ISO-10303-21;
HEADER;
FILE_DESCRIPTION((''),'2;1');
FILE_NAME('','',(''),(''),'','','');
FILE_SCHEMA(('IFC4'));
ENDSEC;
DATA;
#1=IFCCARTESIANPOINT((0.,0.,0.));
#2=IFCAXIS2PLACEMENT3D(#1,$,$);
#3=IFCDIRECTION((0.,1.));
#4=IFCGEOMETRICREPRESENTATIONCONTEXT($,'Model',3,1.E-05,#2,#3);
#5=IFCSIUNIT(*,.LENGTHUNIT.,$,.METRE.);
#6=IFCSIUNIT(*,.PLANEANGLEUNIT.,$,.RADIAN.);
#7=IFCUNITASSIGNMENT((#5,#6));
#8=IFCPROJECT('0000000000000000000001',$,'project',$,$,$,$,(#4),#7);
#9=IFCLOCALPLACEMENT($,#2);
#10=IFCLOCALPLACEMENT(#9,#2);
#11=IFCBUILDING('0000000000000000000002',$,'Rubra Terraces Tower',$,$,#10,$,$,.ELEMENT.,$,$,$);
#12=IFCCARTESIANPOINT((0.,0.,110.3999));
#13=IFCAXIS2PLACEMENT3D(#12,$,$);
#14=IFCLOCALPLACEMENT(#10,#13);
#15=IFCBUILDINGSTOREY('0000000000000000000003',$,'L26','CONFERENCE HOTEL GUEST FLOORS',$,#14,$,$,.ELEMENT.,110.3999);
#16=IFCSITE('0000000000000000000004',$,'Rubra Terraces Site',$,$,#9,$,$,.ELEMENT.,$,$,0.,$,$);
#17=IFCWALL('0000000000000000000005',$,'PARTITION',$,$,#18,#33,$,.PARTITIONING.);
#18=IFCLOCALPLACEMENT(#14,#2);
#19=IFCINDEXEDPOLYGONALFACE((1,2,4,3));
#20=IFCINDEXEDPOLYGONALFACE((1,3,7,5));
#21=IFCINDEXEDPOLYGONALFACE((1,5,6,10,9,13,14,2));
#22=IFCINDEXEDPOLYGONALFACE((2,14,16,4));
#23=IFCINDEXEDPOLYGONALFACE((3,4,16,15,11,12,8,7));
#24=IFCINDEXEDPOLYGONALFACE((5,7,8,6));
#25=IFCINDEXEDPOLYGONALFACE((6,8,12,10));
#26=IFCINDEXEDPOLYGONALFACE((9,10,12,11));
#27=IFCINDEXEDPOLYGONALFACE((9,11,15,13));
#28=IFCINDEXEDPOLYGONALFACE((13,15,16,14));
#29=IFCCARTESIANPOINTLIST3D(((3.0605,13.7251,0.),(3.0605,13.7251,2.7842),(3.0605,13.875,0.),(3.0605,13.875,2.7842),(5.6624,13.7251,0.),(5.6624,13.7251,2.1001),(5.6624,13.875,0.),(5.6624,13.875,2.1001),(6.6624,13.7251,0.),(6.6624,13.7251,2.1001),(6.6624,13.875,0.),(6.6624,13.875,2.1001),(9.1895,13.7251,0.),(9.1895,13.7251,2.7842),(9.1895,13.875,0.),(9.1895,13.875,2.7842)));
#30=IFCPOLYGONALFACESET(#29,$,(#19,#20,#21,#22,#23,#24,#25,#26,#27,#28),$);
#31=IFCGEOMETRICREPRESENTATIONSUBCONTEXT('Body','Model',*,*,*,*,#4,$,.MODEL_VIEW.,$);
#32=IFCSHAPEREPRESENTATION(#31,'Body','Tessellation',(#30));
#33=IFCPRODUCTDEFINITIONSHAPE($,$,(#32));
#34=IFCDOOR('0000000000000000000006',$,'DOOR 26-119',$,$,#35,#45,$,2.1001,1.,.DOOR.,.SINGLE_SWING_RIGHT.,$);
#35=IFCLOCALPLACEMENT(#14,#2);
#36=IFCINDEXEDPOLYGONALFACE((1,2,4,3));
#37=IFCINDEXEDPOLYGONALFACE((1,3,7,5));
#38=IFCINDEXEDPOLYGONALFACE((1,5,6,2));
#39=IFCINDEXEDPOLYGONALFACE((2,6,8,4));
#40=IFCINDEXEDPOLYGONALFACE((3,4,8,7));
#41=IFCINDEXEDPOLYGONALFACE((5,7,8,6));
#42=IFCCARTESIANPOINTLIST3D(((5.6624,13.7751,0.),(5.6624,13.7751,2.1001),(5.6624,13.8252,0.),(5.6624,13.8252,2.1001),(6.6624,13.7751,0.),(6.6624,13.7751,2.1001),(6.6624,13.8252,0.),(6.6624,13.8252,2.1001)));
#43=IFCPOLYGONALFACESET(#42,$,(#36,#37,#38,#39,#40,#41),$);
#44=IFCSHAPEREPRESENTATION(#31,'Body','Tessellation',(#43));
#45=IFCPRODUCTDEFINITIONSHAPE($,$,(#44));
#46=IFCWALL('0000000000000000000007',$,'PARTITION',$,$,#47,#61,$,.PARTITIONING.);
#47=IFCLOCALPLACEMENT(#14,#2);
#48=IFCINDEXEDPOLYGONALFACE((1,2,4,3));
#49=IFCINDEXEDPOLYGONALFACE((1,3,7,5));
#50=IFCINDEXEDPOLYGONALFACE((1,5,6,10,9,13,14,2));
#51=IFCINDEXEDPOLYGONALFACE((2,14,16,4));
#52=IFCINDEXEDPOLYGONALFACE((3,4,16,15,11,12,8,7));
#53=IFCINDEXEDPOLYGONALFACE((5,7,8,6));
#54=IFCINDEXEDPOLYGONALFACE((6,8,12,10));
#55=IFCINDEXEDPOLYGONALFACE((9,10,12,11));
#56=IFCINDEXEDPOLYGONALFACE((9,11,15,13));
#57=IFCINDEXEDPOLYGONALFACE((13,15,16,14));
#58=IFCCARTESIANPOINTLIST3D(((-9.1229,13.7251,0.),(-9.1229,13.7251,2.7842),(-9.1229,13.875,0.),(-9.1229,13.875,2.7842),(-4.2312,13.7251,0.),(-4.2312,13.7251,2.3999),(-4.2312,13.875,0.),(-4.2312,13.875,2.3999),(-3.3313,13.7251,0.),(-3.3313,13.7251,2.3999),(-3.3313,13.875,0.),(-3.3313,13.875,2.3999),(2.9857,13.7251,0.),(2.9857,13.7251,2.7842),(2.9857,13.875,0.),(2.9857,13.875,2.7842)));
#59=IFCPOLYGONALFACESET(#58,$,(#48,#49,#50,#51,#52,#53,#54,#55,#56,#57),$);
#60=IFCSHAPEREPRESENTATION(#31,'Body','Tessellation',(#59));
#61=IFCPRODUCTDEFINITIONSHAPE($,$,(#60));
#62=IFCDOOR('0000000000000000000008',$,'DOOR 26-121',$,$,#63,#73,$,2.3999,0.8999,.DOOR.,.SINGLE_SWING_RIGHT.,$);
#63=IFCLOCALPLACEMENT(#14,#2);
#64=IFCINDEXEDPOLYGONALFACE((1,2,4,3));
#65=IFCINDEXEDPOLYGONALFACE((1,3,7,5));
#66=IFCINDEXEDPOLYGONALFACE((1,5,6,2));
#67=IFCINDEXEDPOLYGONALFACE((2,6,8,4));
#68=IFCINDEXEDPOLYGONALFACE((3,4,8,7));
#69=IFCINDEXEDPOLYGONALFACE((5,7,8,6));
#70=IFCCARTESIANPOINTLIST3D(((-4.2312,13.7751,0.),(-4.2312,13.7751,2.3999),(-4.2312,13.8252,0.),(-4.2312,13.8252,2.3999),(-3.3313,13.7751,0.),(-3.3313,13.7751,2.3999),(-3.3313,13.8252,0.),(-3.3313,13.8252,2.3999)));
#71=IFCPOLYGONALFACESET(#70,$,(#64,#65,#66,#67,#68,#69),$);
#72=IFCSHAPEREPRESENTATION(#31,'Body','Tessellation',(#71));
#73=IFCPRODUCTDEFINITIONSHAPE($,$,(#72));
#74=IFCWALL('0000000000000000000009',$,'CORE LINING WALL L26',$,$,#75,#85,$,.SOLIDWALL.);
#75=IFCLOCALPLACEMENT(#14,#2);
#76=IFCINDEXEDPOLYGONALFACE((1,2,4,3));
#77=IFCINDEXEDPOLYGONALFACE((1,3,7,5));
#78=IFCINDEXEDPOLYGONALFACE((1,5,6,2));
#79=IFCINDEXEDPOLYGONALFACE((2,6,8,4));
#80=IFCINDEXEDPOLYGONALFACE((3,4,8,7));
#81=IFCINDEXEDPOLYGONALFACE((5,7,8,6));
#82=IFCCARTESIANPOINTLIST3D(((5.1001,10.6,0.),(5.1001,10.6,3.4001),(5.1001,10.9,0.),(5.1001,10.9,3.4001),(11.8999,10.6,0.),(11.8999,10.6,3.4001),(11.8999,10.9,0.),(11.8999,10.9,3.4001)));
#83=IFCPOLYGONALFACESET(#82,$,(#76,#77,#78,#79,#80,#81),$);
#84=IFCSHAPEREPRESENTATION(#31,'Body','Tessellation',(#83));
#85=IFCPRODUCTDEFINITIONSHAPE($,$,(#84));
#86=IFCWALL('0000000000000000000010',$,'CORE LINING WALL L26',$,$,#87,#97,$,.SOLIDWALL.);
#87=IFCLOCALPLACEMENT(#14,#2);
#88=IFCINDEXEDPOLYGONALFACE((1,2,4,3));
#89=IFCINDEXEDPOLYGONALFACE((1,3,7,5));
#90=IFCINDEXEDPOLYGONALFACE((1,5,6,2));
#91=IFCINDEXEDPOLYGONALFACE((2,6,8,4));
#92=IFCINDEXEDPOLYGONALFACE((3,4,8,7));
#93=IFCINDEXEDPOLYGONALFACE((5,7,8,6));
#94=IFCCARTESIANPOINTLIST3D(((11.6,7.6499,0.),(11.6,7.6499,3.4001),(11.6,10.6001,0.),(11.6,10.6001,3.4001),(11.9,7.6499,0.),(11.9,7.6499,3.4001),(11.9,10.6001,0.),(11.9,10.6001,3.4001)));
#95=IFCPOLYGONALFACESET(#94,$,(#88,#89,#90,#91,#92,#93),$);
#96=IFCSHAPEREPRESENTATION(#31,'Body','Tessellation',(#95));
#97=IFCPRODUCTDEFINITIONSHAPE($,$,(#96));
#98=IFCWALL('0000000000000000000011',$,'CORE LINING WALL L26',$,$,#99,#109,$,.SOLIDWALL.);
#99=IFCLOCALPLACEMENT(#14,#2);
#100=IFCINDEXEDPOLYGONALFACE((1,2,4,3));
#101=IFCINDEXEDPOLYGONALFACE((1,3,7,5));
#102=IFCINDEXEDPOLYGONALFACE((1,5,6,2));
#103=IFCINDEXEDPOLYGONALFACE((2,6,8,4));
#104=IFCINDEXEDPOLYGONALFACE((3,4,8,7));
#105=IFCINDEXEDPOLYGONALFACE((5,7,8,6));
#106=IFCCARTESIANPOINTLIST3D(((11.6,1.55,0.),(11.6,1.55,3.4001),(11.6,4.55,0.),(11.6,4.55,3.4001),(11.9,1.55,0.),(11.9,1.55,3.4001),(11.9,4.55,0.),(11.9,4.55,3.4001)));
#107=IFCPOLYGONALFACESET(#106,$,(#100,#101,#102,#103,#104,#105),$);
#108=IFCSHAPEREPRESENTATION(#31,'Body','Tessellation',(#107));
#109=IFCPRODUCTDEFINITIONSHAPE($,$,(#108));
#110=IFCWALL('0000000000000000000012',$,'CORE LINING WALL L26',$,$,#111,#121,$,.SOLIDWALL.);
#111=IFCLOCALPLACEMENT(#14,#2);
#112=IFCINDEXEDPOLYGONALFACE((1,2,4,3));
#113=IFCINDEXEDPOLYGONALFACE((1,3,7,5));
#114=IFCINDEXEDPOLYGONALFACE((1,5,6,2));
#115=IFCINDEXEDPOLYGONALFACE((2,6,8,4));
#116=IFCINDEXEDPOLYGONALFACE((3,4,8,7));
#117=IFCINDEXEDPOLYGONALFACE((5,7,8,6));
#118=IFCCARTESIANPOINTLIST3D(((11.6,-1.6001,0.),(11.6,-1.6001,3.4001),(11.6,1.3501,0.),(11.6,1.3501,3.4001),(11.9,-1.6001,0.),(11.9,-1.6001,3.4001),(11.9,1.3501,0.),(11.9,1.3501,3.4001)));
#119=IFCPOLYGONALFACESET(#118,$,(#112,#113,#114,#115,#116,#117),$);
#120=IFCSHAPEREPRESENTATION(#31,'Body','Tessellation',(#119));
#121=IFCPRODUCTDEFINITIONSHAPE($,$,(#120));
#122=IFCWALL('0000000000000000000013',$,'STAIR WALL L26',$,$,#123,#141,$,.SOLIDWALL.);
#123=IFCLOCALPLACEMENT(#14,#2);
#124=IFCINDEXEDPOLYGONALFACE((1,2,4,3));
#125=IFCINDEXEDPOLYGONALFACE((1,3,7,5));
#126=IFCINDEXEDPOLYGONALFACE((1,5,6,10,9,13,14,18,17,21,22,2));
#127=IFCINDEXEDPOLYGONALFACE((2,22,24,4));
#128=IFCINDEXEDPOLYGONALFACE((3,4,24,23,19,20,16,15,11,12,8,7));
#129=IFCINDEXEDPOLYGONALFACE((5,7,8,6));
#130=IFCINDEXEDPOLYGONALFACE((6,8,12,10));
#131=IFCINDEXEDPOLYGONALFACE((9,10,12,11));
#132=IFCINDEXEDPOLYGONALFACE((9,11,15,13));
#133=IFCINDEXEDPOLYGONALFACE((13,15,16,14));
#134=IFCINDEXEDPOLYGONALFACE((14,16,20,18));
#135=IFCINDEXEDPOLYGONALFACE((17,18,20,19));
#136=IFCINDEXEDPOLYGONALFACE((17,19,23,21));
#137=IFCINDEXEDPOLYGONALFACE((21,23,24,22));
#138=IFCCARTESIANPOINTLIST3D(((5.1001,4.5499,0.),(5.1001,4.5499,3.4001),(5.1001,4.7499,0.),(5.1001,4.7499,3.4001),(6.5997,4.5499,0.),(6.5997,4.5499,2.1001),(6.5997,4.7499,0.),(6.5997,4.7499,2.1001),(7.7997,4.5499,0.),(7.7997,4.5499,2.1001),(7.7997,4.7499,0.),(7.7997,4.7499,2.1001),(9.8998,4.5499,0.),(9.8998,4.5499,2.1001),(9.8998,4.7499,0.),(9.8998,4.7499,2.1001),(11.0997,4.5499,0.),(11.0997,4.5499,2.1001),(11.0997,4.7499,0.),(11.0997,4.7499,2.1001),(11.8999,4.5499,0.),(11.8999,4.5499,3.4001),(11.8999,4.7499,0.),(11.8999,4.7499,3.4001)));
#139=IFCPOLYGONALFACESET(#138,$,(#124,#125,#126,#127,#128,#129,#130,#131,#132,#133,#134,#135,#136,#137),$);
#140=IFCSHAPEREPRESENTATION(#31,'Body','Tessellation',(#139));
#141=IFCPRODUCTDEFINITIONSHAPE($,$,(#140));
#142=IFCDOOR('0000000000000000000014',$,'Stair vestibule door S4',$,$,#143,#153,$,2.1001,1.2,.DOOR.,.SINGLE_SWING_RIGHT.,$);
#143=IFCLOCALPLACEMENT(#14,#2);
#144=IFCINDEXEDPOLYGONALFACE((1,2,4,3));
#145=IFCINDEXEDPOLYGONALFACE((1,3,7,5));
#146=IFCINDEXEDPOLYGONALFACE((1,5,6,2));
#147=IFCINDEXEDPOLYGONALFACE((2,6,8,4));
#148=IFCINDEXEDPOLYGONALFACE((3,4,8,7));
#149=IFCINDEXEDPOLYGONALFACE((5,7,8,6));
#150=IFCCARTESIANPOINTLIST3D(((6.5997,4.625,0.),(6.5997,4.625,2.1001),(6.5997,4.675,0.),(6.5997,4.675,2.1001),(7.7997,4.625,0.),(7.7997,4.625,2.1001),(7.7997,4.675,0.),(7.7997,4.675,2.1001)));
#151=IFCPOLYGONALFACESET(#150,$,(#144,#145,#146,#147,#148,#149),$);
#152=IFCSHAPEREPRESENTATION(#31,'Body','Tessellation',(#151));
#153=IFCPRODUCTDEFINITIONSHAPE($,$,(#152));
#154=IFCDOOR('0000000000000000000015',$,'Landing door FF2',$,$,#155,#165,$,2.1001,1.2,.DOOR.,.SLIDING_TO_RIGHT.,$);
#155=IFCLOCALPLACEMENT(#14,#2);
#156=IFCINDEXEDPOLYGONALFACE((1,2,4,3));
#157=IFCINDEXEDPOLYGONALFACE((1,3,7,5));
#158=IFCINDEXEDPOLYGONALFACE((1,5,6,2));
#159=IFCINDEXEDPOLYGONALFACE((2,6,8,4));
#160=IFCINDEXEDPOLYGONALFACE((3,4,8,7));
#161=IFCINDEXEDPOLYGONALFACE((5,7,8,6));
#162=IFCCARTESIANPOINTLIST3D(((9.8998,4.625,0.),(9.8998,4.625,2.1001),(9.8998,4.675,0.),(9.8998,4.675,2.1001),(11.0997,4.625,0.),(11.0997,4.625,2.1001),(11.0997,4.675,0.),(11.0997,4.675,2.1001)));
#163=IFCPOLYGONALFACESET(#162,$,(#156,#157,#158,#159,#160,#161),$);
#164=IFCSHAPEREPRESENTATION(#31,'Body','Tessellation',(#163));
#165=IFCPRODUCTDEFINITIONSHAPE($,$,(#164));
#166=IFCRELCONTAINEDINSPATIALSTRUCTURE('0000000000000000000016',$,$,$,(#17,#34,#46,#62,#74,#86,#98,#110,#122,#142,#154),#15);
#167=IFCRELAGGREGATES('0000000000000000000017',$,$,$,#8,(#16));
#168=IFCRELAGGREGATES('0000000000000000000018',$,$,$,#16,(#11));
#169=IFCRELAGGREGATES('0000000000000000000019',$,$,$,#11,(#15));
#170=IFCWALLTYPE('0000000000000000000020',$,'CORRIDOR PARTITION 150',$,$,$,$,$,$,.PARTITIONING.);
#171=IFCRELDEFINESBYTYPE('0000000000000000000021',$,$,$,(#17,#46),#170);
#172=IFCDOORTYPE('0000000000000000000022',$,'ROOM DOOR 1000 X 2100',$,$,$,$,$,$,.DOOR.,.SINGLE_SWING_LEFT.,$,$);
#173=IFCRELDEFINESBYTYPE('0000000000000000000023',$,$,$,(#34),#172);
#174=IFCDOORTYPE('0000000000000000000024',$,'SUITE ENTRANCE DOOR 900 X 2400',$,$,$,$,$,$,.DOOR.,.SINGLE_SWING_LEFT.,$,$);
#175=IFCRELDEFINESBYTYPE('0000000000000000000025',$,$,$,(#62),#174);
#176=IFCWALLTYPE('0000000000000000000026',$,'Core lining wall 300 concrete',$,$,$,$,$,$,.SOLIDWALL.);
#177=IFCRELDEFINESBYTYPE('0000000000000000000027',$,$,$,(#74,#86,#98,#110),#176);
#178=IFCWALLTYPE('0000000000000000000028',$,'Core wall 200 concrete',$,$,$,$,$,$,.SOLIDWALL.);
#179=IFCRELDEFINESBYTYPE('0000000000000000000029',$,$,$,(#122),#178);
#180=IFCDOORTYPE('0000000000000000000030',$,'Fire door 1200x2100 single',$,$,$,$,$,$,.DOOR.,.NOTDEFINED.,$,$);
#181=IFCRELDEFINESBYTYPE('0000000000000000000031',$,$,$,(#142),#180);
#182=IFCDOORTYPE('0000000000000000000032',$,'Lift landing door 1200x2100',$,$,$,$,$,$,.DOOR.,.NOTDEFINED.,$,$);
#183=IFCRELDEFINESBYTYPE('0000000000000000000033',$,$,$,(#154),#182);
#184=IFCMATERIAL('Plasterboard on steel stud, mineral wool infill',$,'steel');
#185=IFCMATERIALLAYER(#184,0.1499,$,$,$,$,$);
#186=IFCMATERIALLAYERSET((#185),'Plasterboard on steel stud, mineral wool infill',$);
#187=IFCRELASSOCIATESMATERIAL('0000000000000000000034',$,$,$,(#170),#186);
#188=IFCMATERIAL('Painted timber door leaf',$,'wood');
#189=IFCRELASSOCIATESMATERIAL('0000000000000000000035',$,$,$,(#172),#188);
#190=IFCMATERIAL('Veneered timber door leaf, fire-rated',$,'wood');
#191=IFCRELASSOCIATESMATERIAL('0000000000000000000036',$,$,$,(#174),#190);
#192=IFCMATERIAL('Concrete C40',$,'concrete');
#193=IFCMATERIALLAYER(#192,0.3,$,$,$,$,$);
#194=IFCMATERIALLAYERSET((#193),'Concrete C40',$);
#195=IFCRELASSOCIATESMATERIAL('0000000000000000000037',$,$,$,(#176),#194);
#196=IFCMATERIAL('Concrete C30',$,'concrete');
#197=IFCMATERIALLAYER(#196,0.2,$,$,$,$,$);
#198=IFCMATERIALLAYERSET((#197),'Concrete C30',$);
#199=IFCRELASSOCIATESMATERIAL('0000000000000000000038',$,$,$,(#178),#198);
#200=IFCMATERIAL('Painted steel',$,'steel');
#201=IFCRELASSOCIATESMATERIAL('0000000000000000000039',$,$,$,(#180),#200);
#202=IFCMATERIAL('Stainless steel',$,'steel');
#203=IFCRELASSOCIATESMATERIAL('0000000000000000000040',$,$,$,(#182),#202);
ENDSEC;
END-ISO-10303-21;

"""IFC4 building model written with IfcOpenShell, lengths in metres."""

from ifc_helpers import new_model, si_unit, direction, frame, frame_2d, origin, place, context, subcontext, project, spatial, rectangle, extrude, material, layer, layer_set, type_object, element, fill, save


model = new_model("IFC4")

# Units and contexts
model_context = context("Model", 3, precision=1e-05, world=origin(), true_north=direction((0.0, 1.0)))
body_context = subcontext(model_context, "Body", "Model", "MODEL_VIEW")
ifc_project = project(units=[si_unit("LENGTHUNIT", "METRE"), si_unit("PLANEANGLEUNIT", "RADIAN")], contexts=[model_context])

# Site, building, storey
site_placement = place(None, origin())
site = spatial("IfcSite", under=ifc_project, at=site_placement, Name="Rubra Terraces Site", CompositionType="ELEMENT", RefElevation=0.0)
building_placement = place(site_placement, origin())
building = spatial("IfcBuilding", under=site, at=building_placement, Name="Rubra Terraces Tower", CompositionType="ELEMENT")
storey_placement = place(building_placement, frame((0.0, 0.0, 110.3999)))
storey = spatial("IfcBuildingStorey", under=building, at=storey_placement, Name="L26", Description="CONFERENCE HOTEL GUEST FLOORS", CompositionType="ELEMENT", Elevation=110.3999)

# Walls, openings, doors
ifc_material_1 = material(Name="Plasterboard on steel stud, mineral wool infill", Category="steel")
ifc_layer_1 = layer(ifc_material_1, 0.1499)
ifc_layer_set_1 = layer_set([ifc_layer_1], Name="Plasterboard on steel stud, mineral wool infill")
wall_type_1 = type_object("IfcWallType", Name="CORRIDOR PARTITION 150", PredefinedType="PARTITIONING", material=ifc_layer_set_1)
wall_1_placement = place(storey_placement, frame((9.1895, 13.8, 0.0), z_axis=(0.0, 0.0, 1.0), x_axis=(-1.0, 0.0, 0.0)))
wall_1 = element("IfcWall", 1, at=wall_1_placement, inside=storey, type_object=wall_type_1, Name="PARTITION", PredefinedType="PARTITIONING", context=body_context, shape_type="SweptSolid", body=[
    extrude(rectangle(XDim=6.1289, YDim=0.1499, at=frame_2d((3.0645, 0.0))), origin(), (0.0, 0.0, 1.0), 2.7842),
])
opening_1_placement = place(wall_1_placement, frame((2.5271, 0.0, 0.0)))
opening_1 = element("IfcOpeningElement", 2, at=opening_1_placement, cuts=wall_1, PredefinedType="OPENING", context=body_context, shape_type="SweptSolid", body=[
    extrude(rectangle(XDim=1.0, YDim=2.1001, at=frame_2d((0.5, 1.05))), frame((0.0, 0.085, 0.0), z_axis=(0.0, -1.0, 0.0), x_axis=(1.0, 0.0, 0.0)), (0.0, 0.0, 1.0), 0.1699),
])
ifc_material_2 = material(Name="Painted timber door leaf", Category="wood")
door_type_1 = type_object("IfcDoorType", Name="ROOM DOOR 1000 X 2100", OperationType="SINGLE_SWING_LEFT", PredefinedType="DOOR", material=ifc_material_2)
door_1_placement = place(opening_1_placement, origin())
door_1 = element("IfcDoor", 3, at=door_1_placement, inside=storey, type_object=door_type_1, Name="DOOR 26-119", OperationType="SINGLE_SWING_RIGHT", OverallHeight=2.1001, OverallWidth=1.0, PredefinedType="DOOR", context=body_context, shape_type="SweptSolid", body=[
    extrude(rectangle(XDim=1.0, YDim=2.1001, at=frame_2d((0.5, 1.05))), frame((0.0, 0.0249, 0.0), z_axis=(0.0, -1.0, 0.0), x_axis=(1.0, 0.0, 0.0)), (0.0, 0.0, 1.0), 0.05),
])
fill(opening_1, door_1)
wall_2_placement = place(storey_placement, frame((2.9856, 13.8, 0.0), z_axis=(0.0, 0.0, 1.0), x_axis=(-1.0, 0.0, 0.0)))
wall_2 = element("IfcWall", 4, at=wall_2_placement, inside=storey, type_object=wall_type_1, Name="PARTITION", PredefinedType="PARTITIONING", context=body_context, shape_type="SweptSolid", body=[
    extrude(rectangle(XDim=12.1086, YDim=0.1499, at=frame_2d((6.0542, 0.0))), origin(), (0.0, 0.0, 1.0), 2.7842),
])
opening_2_placement = place(wall_2_placement, frame((6.3169, 0.0, 0.0)))
opening_2 = element("IfcOpeningElement", 5, at=opening_2_placement, cuts=wall_2, PredefinedType="OPENING", context=body_context, shape_type="SweptSolid", body=[
    extrude(rectangle(XDim=0.8999, YDim=2.3999, at=frame_2d((0.45, 1.2))), frame((0.0, 0.085, 0.0), z_axis=(0.0, -1.0, 0.0), x_axis=(1.0, 0.0, 0.0)), (0.0, 0.0, 1.0), 0.1699),
])
ifc_material_3 = material(Name="Veneered timber door leaf, fire-rated", Category="wood")
door_type_2 = type_object("IfcDoorType", Name="SUITE ENTRANCE DOOR 900 X 2400", OperationType="SINGLE_SWING_LEFT", PredefinedType="DOOR", material=ifc_material_3)
door_2_placement = place(opening_2_placement, origin())
door_2 = element("IfcDoor", 6, at=door_2_placement, inside=storey, type_object=door_type_2, Name="DOOR 26-121", OperationType="SINGLE_SWING_RIGHT", OverallHeight=2.3999, OverallWidth=0.8999, PredefinedType="DOOR", context=body_context, shape_type="SweptSolid", body=[
    extrude(rectangle(XDim=0.8999, YDim=2.3999, at=frame_2d((0.45, 1.2))), frame((0.0, 0.0249, 0.0), z_axis=(0.0, -1.0, 0.0), x_axis=(1.0, 0.0, 0.0)), (0.0, 0.0, 1.0), 0.05),
])
fill(opening_2, door_2)

# Walls
ifc_material_4 = material(Name="Concrete C40", Category="concrete")
ifc_layer_2 = layer(ifc_material_4, 0.3)
ifc_layer_set_2 = layer_set([ifc_layer_2], Name="Concrete C40")
wall_type_2 = type_object("IfcWallType", Name="Core lining wall 300 concrete", PredefinedType="SOLIDWALL", material=ifc_layer_set_2)
wall_3_placement = place(storey_placement, frame((11.8999, 10.75, 0.0), z_axis=(0.0, 0.0, 1.0), x_axis=(-1.0, 0.0, 0.0)))
element("IfcWall", 7, at=wall_3_placement, inside=storey, type_object=wall_type_2, Name="CORE LINING WALL L26", PredefinedType="SOLIDWALL", context=body_context, shape_type="SweptSolid", body=[
    extrude(rectangle(XDim=6.7998, YDim=0.3, at=frame_2d((3.3999, 0.0))), origin(), (0.0, 0.0, 1.0), 3.4001),
])
wall_4_placement = place(storey_placement, frame((11.75, 10.6001, 0.0), z_axis=(0.0, 0.0, 1.0), x_axis=(0.0, -1.0, 0.0)))
element("IfcWall", 8, at=wall_4_placement, inside=storey, type_object=wall_type_2, Name="CORE LINING WALL L26", PredefinedType="SOLIDWALL", context=body_context, shape_type="SweptSolid", body=[
    extrude(rectangle(XDim=2.9502, YDim=0.3, at=frame_2d((1.4751, 0.0))), origin(), (0.0, 0.0, 1.0), 3.4001),
])
wall_5_placement = place(storey_placement, frame((11.75, 4.55, 0.0), z_axis=(0.0, 0.0, 1.0), x_axis=(0.0, -1.0, 0.0)))
element("IfcWall", 9, at=wall_5_placement, inside=storey, type_object=wall_type_2, Name="CORE LINING WALL L26", PredefinedType="SOLIDWALL", context=body_context, shape_type="SweptSolid", body=[
    extrude(rectangle(XDim=3.0, YDim=0.3, at=frame_2d((1.5, 0.0))), origin(), (0.0, 0.0, 1.0), 3.4001),
])
wall_6_placement = place(storey_placement, frame((11.75, 1.3501, 0.0), z_axis=(0.0, 0.0, 1.0), x_axis=(0.0, -1.0, 0.0)))
element("IfcWall", 10, at=wall_6_placement, inside=storey, type_object=wall_type_2, Name="CORE LINING WALL L26", PredefinedType="SOLIDWALL", context=body_context, shape_type="SweptSolid", body=[
    extrude(rectangle(XDim=2.9502, YDim=0.3, at=frame_2d((1.4751, 0.0))), origin(), (0.0, 0.0, 1.0), 3.4001),
])

# Wall, openings, doors
ifc_material_5 = material(Name="Concrete C30", Category="concrete")
ifc_layer_3 = layer(ifc_material_5, 0.2)
ifc_layer_set_3 = layer_set([ifc_layer_3], Name="Concrete C30")
wall_type_3 = type_object("IfcWallType", Name="Core wall 200 concrete", PredefinedType="SOLIDWALL", material=ifc_layer_set_3)
wall_7_placement = place(storey_placement, frame((11.8999, 4.6499, 0.0), z_axis=(0.0, 0.0, 1.0), x_axis=(-1.0, 0.0, 0.0)))
wall_7 = element("IfcWall", 11, at=wall_7_placement, inside=storey, type_object=wall_type_3, Name="STAIR WALL L26", PredefinedType="SOLIDWALL", context=body_context, shape_type="SweptSolid", body=[
    extrude(rectangle(XDim=6.7998, YDim=0.2, at=frame_2d((3.3999, 0.0))), origin(), (0.0, 0.0, 1.0), 3.4001),
])
opening_3_placement = place(wall_7_placement, frame((4.1001, 0.0, 0.0)))
opening_3 = element("IfcOpeningElement", 12, at=opening_3_placement, cuts=wall_7, PredefinedType="OPENING", context=body_context, shape_type="SweptSolid", body=[
    extrude(rectangle(XDim=1.2, YDim=2.1001, at=frame_2d((0.6001, 1.05))), frame((0.0, 0.1099, 0.0), z_axis=(0.0, -1.0, 0.0), x_axis=(1.0, 0.0, 0.0)), (0.0, 0.0, 1.0), 0.22),
])
opening_4_placement = place(wall_7_placement, frame((0.8, 0.0, 0.0)))
opening_4 = element("IfcOpeningElement", 13, at=opening_4_placement, cuts=wall_7, PredefinedType="OPENING", context=body_context, shape_type="SweptSolid", body=[
    extrude(rectangle(XDim=1.2, YDim=2.1001, at=frame_2d((0.6001, 1.05))), frame((0.0, 0.1099, 0.0), z_axis=(0.0, -1.0, 0.0), x_axis=(1.0, 0.0, 0.0)), (0.0, 0.0, 1.0), 0.22),
])
ifc_material_6 = material(Name="Painted steel", Category="steel")
door_type_3 = type_object("IfcDoorType", Name="Fire door 1200x2100 single", OperationType="NOTDEFINED", PredefinedType="DOOR", material=ifc_material_6)
door_3_placement = place(opening_3_placement, origin())
door_3 = element("IfcDoor", 14, at=door_3_placement, inside=storey, type_object=door_type_3, Name="Stair vestibule door S4", OperationType="SINGLE_SWING_RIGHT", OverallHeight=2.1001, OverallWidth=1.2, PredefinedType="DOOR", context=body_context, shape_type="SweptSolid", body=[
    extrude(rectangle(XDim=1.2, YDim=2.1001, at=frame_2d((0.6001, 1.05))), frame((0.0, 0.0249, 0.0), z_axis=(0.0, -1.0, 0.0), x_axis=(1.0, 0.0, 0.0)), (0.0, 0.0, 1.0), 0.05),
])
fill(opening_3, door_3)
ifc_material_7 = material(Name="Stainless steel", Category="steel")
door_type_4 = type_object("IfcDoorType", Name="Lift landing door 1200x2100", OperationType="NOTDEFINED", PredefinedType="DOOR", material=ifc_material_7)
door_4_placement = place(opening_4_placement, origin())
door_4 = element("IfcDoor", 15, at=door_4_placement, inside=storey, type_object=door_type_4, Name="Landing door FF2", OperationType="SLIDING_TO_RIGHT", OverallHeight=2.1001, OverallWidth=1.2, PredefinedType="DOOR", context=body_context, shape_type="SweptSolid", body=[
    extrude(rectangle(XDim=1.2, YDim=2.1001, at=frame_2d((0.6001, 1.05))), frame((0.0, 0.0249, 0.0), z_axis=(0.0, -1.0, 0.0), x_axis=(1.0, 0.0, 0.0)), (0.0, 0.0, 1.0), 0.05),
])
fill(opening_4, door_4)

save(model, "model.ifc")
